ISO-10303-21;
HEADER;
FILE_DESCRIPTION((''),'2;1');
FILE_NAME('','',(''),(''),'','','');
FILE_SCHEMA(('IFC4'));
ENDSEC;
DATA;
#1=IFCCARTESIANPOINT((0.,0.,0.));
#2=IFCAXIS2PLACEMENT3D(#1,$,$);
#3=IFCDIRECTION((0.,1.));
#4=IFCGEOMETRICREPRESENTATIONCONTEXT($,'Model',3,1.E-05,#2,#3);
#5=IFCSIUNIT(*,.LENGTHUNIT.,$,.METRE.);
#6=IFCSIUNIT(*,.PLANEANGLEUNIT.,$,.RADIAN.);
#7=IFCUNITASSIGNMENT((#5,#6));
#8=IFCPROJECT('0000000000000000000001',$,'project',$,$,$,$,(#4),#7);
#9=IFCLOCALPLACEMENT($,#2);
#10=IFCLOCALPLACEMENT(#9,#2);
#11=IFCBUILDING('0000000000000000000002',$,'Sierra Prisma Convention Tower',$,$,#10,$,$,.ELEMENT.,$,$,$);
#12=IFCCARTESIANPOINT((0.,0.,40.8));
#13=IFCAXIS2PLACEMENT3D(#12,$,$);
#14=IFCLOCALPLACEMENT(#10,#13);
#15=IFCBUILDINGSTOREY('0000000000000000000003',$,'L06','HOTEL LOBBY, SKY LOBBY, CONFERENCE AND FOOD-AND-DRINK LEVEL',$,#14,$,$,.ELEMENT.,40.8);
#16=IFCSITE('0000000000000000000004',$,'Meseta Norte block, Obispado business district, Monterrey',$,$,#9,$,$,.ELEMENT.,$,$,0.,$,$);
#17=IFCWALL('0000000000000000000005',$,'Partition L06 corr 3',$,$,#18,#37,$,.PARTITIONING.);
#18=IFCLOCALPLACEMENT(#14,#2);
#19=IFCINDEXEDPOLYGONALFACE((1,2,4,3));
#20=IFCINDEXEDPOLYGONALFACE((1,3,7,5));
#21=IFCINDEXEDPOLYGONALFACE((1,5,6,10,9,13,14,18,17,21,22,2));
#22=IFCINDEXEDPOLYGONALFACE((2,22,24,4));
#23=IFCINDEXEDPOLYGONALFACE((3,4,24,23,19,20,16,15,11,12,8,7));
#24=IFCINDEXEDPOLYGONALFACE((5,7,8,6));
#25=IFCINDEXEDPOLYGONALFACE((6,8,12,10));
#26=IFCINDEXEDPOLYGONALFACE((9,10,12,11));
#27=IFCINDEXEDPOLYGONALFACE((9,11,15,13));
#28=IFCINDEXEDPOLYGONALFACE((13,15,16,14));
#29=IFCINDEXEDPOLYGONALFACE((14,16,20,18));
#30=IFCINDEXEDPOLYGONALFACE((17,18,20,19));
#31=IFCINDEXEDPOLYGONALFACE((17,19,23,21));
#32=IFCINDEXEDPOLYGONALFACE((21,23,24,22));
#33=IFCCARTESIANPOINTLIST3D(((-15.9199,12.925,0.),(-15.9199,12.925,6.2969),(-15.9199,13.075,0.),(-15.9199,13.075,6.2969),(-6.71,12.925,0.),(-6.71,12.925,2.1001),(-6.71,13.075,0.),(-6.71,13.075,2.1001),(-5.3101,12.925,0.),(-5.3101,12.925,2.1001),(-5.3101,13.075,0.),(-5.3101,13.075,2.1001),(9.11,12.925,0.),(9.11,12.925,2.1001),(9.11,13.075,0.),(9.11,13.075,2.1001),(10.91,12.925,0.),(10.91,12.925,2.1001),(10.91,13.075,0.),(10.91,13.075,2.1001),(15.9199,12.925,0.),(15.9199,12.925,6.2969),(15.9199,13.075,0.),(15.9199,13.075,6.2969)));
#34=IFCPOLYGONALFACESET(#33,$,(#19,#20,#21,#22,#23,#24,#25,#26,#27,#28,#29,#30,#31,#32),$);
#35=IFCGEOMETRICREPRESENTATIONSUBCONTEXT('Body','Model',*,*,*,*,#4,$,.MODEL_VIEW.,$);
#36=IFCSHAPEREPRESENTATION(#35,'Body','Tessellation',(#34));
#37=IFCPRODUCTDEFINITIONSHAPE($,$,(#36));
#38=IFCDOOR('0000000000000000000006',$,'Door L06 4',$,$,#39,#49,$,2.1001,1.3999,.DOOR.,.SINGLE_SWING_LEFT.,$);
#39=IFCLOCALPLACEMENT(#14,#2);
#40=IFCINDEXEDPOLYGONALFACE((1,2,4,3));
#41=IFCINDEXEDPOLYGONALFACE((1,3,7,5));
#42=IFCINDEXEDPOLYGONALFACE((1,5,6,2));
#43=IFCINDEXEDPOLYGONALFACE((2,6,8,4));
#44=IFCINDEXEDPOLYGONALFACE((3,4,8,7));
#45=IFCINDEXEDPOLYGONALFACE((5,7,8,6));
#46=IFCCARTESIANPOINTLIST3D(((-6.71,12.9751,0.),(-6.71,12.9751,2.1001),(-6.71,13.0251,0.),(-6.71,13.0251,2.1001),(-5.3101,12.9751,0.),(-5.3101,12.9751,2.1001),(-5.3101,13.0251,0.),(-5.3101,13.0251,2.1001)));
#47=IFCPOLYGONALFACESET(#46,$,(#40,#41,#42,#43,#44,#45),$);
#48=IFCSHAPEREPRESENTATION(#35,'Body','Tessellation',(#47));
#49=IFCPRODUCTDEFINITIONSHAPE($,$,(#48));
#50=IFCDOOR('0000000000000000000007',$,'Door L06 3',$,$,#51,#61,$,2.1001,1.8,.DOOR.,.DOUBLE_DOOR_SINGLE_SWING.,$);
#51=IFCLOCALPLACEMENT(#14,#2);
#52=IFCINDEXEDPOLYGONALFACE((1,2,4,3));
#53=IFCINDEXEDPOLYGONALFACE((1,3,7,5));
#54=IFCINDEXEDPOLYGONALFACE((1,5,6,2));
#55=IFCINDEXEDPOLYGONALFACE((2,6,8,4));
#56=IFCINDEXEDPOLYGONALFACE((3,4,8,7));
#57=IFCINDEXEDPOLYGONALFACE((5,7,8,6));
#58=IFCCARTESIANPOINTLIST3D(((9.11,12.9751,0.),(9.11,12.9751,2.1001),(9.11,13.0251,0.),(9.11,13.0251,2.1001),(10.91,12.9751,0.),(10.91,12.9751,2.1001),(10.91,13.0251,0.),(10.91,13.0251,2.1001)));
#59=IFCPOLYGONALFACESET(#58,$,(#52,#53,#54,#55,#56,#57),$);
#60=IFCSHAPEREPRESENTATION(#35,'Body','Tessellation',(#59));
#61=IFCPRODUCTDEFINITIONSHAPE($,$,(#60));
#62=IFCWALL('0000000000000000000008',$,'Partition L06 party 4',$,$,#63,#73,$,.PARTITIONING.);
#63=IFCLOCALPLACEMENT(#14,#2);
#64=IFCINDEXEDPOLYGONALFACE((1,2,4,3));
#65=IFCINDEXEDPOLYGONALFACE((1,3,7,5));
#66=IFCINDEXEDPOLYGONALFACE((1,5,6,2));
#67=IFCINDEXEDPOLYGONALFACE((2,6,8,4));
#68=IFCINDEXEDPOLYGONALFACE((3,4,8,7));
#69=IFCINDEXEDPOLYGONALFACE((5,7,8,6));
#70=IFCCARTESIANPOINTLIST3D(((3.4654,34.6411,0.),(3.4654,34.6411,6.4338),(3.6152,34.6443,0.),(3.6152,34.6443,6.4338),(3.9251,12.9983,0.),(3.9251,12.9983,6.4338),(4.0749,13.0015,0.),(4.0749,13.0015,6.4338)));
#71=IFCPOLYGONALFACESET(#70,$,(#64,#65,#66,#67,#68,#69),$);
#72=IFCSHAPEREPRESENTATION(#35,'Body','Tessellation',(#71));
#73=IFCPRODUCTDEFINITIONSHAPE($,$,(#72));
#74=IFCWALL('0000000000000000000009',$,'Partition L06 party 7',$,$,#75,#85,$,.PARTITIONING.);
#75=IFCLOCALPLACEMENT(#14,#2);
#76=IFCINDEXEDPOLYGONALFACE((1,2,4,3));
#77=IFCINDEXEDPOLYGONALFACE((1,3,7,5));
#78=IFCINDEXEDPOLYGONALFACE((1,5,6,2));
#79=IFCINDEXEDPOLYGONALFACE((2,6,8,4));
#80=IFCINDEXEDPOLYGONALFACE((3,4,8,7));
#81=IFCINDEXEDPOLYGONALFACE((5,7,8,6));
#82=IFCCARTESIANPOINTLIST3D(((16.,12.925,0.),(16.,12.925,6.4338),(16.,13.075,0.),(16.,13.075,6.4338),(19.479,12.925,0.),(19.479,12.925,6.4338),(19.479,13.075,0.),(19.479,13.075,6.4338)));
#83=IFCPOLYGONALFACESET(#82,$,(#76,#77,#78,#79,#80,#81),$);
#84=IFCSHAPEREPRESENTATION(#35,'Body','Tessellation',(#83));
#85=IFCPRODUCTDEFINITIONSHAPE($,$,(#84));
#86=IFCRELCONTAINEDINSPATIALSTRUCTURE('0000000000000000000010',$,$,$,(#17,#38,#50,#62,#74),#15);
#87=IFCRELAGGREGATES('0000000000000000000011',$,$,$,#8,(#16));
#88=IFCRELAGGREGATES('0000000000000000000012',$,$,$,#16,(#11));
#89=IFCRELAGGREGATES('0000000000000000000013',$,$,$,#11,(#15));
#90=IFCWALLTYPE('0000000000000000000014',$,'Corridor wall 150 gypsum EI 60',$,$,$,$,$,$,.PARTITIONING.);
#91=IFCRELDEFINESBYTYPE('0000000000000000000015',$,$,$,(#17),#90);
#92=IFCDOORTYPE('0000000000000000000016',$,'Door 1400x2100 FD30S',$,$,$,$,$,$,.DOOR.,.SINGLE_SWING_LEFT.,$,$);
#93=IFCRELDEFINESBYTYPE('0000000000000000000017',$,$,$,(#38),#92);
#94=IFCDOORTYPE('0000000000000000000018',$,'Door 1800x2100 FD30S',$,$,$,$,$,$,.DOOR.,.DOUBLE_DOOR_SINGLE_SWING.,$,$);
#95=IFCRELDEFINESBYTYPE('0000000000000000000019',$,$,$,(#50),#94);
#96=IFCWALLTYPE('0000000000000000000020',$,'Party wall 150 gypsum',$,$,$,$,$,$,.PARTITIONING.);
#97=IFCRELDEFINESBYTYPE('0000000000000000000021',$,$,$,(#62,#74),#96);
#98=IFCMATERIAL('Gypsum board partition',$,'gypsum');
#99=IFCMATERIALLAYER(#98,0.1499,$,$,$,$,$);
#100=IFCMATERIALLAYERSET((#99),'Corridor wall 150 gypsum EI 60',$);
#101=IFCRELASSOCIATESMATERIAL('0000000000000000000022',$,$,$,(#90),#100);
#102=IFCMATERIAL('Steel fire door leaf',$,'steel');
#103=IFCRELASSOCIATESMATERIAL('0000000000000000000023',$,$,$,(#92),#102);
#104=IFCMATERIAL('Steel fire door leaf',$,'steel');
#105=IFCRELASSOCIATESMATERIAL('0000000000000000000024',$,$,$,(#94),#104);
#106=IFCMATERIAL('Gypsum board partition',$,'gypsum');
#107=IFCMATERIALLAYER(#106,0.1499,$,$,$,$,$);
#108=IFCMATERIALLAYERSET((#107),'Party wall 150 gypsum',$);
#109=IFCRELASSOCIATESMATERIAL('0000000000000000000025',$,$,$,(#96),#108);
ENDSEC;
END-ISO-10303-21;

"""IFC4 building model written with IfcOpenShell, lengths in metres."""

from ifc_helpers import new_model, si_unit, direction, frame, frame_2d, origin, place, context, subcontext, project, spatial, rectangle, extrude, material, layer, layer_set, type_object, element, fill, save


model = new_model("IFC4")

# Units and contexts
model_context = context("Model", 3, precision=1e-05, world=origin(), true_north=direction((0.0, 1.0)))
body_context = subcontext(model_context, "Body", "Model", "MODEL_VIEW")
ifc_project = project(units=[si_unit("LENGTHUNIT", "METRE"), si_unit("PLANEANGLEUNIT", "RADIAN")], contexts=[model_context])

# Site, building, storey
site_placement = place(None, origin())
site = spatial("IfcSite", under=ifc_project, at=site_placement, Name="Meseta Norte block, Obispado business district, Monterrey", CompositionType="ELEMENT", RefElevation=0.0)
building_placement = place(site_placement, origin())
building = spatial("IfcBuilding", under=site, at=building_placement, Name="Sierra Prisma Convention Tower", CompositionType="ELEMENT")
storey_placement = place(building_placement, frame((0.0, 0.0, 40.8)))
storey = spatial("IfcBuildingStorey", under=building, at=storey_placement, Name="L06", Description="HOTEL LOBBY, SKY LOBBY, CONFERENCE AND FOOD-AND-DRINK LEVEL", CompositionType="ELEMENT", Elevation=40.8)

# Wall, openings, doors
ifc_material_1 = material(Name="Gypsum board partition", Category="gypsum")
ifc_layer_1 = layer(ifc_material_1, 0.1499)
ifc_layer_set_1 = layer_set([ifc_layer_1], Name="Corridor wall 150 gypsum EI 60")
wall_type_1 = type_object("IfcWallType", Name="Corridor wall 150 gypsum EI 60", PredefinedType="PARTITIONING", material=ifc_layer_set_1)
wall_1_placement = place(storey_placement, frame((15.9199, 13.0, 0.0), z_axis=(0.0, 0.0, 1.0), x_axis=(-1.0, 0.0, 0.0)))
wall_1 = element("IfcWall", 1, at=wall_1_placement, inside=storey, type_object=wall_type_1, Name="Partition L06 corr 3", PredefinedType="PARTITIONING", context=body_context, shape_type="SweptSolid", body=[
    extrude(rectangle(XDim=31.8398, YDim=0.1499, at=frame_2d((15.9199, 0.0))), origin(), (0.0, 0.0, 1.0), 6.2969),
])
opening_1_placement = place(wall_1_placement, frame((5.01, 0.0, 0.0)))
opening_1 = element("IfcOpeningElement", 2, at=opening_1_placement, cuts=wall_1, PredefinedType="OPENING", context=body_context, shape_type="SweptSolid", body=[
    extrude(rectangle(XDim=1.8, YDim=2.1001, at=frame_2d((0.8999, 1.05))), frame((0.0, 0.075, 0.0), z_axis=(0.0, -1.0, 0.0), x_axis=(1.0, 0.0, 0.0)), (0.0, 0.0, 1.0), 0.1499),
])
opening_2_placement = place(wall_1_placement, frame((21.23, 0.0, 0.0)))
opening_2 = element("IfcOpeningElement", 3, at=opening_2_placement, cuts=wall_1, PredefinedType="OPENING", context=body_context, shape_type="SweptSolid", body=[
    extrude(rectangle(XDim=1.3999, YDim=2.1001, at=frame_2d((0.7, 1.05))), frame((0.0, 0.075, 0.0), z_axis=(0.0, -1.0, 0.0), x_axis=(1.0, 0.0, 0.0)), (0.0, 0.0, 1.0), 0.1499),
])
ifc_material_2 = material(Name="Steel fire door leaf", Category="steel")
door_type_1 = type_object("IfcDoorType", Name="Door 1400x2100 FD30S", OperationType="SINGLE_SWING_LEFT", PredefinedType="DOOR", material=ifc_material_2)
door_1_placement = place(opening_2_placement, origin())
door_1 = element("IfcDoor", 4, at=door_1_placement, inside=storey, type_object=door_type_1, Name="Door L06 4", OperationType="SINGLE_SWING_LEFT", OverallHeight=2.1001, OverallWidth=1.3999, PredefinedType="DOOR", context=body_context, shape_type="SweptSolid", body=[
    extrude(rectangle(XDim=1.3999, YDim=2.1001, at=frame_2d((0.7, 1.05))), frame((0.0, 0.0249, 0.0), z_axis=(0.0, -1.0, 0.0), x_axis=(1.0, 0.0, 0.0)), (0.0, 0.0, 1.0), 0.05),
])
fill(opening_2, door_1)
ifc_material_3 = material(Name="Steel fire door leaf", Category="steel")
door_type_2 = type_object("IfcDoorType", Name="Door 1800x2100 FD30S", OperationType="DOUBLE_DOOR_SINGLE_SWING", PredefinedType="DOOR", material=ifc_material_3)
door_2_placement = place(opening_1_placement, origin())
door_2 = element("IfcDoor", 5, at=door_2_placement, inside=storey, type_object=door_type_2, Name="Door L06 3", OperationType="DOUBLE_DOOR_SINGLE_SWING", OverallHeight=2.1001, OverallWidth=1.8, PredefinedType="DOOR", context=body_context, shape_type="SweptSolid", body=[
    extrude(rectangle(XDim=1.8, YDim=2.1001, at=frame_2d((0.8999, 1.05))), frame((0.0, 0.0249, 0.0), z_axis=(0.0, -1.0, 0.0), x_axis=(1.0, 0.0, 0.0)), (0.0, 0.0, 1.0), 0.05),
])
fill(opening_1, door_2)

# Walls
ifc_material_4 = material(Name="Gypsum board partition", Category="gypsum")
ifc_layer_2 = layer(ifc_material_4, 0.1499)
ifc_layer_set_2 = layer_set([ifc_layer_2], Name="Party wall 150 gypsum")
wall_type_2 = type_object("IfcWallType", Name="Party wall 150 gypsum", PredefinedType="PARTITIONING", material=ifc_layer_set_2)
wall_2_placement = place(storey_placement, frame((4.0, 13.0, 0.0), z_axis=(0.0, 0.0, 1.0), x_axis=(-0.021236, 0.999774, 0.0)))
element("IfcWall", 6, at=wall_2_placement, inside=storey, type_object=wall_type_2, Name="Partition L06 party 4", PredefinedType="PARTITIONING", context=body_context, shape_type="SweptSolid", body=[
    extrude(rectangle(XDim=21.6477, YDim=0.1499, at=frame_2d((10.8237, 0.0))), origin(), (0.0, 0.0, 1.0), 6.4338),
])
wall_3_placement = place(storey_placement, frame((16.0, 13.0, 0.0), z_axis=(0.0, 0.0, 1.0), x_axis=(1.0, 0.0, 0.0)))
element("IfcWall", 7, at=wall_3_placement, inside=storey, type_object=wall_type_2, Name="Partition L06 party 7", PredefinedType="PARTITIONING", context=body_context, shape_type="SweptSolid", body=[
    extrude(rectangle(XDim=3.479, YDim=0.1499, at=frame_2d((1.7395, 0.0))), origin(), (0.0, 0.0, 1.0), 6.4338),
])

save(model, "model.ifc")
